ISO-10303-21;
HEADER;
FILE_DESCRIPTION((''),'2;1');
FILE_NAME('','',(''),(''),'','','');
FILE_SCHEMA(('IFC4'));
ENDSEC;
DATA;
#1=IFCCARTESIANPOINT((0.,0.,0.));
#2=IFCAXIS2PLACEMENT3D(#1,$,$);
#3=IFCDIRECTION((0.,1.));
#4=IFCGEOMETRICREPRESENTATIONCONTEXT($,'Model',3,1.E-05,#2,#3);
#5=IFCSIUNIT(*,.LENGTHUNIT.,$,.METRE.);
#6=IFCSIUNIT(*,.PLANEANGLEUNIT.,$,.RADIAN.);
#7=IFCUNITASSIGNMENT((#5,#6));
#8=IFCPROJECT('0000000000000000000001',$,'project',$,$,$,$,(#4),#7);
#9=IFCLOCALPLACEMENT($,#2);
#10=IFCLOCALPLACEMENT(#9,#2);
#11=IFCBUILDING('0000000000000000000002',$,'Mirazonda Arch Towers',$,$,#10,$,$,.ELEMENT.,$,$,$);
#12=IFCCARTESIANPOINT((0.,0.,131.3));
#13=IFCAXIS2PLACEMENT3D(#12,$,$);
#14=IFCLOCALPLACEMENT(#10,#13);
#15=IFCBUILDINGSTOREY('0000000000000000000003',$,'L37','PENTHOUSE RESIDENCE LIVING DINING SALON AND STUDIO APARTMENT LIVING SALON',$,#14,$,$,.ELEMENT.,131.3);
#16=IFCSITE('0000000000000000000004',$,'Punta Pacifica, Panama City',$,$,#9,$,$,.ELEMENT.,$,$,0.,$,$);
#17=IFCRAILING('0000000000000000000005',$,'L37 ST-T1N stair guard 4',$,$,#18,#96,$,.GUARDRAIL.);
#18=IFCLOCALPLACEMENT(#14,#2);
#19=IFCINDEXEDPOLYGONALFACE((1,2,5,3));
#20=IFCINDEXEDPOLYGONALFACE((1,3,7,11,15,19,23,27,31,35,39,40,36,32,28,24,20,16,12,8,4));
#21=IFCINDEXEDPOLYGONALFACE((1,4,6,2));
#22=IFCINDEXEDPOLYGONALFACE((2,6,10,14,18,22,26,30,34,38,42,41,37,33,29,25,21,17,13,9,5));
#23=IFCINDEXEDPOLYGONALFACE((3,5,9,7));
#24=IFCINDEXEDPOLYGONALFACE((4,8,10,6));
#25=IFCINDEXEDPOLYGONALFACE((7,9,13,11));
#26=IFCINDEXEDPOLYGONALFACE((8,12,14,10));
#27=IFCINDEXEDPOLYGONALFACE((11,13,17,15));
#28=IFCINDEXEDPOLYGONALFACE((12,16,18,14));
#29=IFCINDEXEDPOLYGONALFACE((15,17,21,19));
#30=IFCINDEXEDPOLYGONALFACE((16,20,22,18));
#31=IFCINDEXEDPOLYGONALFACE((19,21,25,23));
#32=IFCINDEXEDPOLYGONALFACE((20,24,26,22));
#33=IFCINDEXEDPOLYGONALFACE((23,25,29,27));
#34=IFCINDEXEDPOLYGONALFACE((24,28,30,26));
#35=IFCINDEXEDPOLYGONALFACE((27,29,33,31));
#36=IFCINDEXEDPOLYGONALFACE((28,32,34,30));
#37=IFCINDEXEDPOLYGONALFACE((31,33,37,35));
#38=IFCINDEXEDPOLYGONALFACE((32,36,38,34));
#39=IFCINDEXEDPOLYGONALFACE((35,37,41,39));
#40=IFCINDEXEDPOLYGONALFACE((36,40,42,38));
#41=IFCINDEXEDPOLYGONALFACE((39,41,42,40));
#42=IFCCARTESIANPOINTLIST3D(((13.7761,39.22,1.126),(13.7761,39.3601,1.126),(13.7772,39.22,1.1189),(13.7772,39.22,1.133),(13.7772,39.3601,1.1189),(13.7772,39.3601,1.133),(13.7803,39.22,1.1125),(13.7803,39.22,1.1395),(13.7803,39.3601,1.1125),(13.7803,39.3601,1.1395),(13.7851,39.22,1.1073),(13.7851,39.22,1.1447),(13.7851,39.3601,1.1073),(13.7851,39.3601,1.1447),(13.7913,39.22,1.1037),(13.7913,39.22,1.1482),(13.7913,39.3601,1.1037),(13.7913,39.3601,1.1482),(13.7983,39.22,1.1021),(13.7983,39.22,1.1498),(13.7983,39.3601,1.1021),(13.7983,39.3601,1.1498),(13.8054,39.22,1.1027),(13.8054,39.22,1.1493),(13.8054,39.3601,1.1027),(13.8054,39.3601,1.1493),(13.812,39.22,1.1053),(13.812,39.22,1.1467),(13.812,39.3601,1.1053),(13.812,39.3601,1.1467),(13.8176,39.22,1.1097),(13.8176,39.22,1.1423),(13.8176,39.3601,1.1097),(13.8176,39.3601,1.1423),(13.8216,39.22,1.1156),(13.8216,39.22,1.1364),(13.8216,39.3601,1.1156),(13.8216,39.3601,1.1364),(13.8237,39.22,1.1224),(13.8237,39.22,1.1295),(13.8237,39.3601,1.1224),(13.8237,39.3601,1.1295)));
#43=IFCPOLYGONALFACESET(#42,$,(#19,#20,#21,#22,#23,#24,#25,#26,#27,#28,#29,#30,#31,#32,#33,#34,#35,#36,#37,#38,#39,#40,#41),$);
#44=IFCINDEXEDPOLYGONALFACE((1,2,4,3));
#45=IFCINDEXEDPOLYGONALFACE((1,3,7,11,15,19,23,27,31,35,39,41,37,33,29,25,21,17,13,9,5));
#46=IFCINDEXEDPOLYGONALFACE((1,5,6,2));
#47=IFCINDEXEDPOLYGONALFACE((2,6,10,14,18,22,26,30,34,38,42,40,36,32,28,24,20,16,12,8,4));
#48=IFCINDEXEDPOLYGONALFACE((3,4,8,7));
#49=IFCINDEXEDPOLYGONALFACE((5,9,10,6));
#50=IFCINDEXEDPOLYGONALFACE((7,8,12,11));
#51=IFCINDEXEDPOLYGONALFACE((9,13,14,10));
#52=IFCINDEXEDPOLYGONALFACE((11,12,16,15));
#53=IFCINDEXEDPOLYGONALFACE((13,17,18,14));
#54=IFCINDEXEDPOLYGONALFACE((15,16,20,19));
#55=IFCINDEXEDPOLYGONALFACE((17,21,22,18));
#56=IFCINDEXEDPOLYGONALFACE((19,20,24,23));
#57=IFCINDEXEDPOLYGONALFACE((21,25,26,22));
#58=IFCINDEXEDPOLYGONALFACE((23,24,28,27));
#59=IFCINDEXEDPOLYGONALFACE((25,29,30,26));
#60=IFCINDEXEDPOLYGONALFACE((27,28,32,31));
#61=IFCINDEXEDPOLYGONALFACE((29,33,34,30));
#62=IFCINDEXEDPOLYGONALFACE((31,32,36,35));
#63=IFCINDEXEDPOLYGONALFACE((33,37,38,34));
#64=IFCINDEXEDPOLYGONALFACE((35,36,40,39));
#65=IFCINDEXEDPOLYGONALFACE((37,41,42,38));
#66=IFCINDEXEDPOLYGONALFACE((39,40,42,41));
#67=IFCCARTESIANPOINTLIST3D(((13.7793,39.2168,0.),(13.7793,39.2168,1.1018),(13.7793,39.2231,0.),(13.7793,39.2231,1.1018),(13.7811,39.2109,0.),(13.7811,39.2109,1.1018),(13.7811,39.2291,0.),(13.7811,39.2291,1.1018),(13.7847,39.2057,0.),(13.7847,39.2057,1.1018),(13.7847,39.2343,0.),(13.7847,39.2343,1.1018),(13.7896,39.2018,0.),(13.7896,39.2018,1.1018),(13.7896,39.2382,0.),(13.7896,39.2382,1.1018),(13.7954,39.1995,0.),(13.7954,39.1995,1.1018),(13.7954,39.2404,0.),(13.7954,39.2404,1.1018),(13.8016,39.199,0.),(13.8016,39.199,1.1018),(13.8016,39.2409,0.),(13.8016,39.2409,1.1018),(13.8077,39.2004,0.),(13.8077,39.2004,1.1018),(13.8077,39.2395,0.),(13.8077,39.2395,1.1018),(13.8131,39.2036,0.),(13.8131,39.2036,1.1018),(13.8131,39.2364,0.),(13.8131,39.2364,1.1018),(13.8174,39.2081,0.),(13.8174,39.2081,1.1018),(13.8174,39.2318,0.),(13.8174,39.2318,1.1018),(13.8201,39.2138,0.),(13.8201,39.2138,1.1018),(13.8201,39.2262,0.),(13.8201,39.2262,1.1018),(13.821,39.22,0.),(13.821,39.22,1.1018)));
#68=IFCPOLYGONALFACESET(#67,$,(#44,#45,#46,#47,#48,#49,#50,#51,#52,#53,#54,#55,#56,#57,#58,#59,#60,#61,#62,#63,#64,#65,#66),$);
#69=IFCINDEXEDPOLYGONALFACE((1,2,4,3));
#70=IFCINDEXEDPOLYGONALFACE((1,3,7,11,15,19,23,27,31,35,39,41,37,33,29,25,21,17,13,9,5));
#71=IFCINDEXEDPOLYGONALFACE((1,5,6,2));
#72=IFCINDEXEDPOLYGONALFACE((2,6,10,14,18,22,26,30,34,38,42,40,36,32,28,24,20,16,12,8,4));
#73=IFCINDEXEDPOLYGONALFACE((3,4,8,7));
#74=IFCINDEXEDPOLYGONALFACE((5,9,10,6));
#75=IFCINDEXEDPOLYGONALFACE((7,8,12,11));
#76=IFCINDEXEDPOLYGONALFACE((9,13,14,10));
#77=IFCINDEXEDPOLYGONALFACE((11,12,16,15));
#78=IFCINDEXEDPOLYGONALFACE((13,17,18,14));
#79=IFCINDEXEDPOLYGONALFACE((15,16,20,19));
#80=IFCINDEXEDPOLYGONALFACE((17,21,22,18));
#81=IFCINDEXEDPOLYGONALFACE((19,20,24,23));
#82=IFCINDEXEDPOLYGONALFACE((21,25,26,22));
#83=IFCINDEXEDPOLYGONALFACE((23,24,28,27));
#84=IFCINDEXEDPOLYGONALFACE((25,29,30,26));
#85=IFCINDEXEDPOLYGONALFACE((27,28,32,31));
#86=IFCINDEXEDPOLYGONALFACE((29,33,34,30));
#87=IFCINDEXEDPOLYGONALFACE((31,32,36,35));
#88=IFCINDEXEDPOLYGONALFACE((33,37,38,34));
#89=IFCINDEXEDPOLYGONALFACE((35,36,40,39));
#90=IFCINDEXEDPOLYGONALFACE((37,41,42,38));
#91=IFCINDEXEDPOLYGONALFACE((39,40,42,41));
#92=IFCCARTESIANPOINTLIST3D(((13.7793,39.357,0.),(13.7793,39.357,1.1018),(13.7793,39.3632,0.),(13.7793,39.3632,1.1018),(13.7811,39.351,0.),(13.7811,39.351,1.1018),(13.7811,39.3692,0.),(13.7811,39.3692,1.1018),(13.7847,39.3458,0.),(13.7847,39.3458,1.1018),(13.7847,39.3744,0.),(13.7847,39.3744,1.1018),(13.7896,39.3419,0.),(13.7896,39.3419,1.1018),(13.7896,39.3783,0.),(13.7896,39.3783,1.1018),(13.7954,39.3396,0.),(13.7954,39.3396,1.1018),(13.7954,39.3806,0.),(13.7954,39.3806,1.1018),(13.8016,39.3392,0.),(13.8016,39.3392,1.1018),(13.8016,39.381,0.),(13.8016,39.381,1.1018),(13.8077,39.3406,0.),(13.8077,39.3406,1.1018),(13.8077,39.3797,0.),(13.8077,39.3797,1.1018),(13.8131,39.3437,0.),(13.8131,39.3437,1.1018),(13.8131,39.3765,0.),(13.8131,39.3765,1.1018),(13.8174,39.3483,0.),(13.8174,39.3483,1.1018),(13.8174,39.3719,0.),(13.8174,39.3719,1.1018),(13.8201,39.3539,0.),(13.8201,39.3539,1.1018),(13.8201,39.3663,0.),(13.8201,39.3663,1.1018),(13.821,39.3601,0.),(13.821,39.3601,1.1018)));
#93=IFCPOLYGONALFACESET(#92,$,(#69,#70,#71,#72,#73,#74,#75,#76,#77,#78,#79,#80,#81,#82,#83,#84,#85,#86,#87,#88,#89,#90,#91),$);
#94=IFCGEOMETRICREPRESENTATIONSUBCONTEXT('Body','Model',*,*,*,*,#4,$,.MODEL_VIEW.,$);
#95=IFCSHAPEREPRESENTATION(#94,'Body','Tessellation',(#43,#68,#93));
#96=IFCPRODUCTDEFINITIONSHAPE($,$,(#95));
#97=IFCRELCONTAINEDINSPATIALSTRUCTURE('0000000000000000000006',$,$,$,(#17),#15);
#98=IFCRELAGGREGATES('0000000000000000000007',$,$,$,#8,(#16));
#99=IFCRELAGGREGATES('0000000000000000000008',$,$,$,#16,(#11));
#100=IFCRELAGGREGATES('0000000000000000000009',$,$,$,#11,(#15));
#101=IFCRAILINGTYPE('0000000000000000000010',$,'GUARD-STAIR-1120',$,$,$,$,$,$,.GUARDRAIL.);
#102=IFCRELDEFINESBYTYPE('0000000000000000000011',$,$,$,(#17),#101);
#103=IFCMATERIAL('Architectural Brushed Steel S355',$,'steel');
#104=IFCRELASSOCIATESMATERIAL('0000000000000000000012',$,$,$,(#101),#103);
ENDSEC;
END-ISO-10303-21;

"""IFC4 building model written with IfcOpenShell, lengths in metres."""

from ifc_helpers import new_model, si_unit, direction, frame, origin, origin_2d, place, context, subcontext, project, spatial, circle, extrude, material, type_object, element, save


model = new_model("IFC4")

# Units and contexts
model_context = context("Model", 3, precision=1e-05, world=origin(), true_north=direction((0.0, 1.0)))
body_context = subcontext(model_context, "Body", "Model", "MODEL_VIEW")
ifc_project = project(units=[si_unit("LENGTHUNIT", "METRE"), si_unit("PLANEANGLEUNIT", "RADIAN")], contexts=[model_context])

# Site, building, storey
site_placement = place(None, origin())
site = spatial("IfcSite", under=ifc_project, at=site_placement, Name="Punta Pacifica, Panama City", CompositionType="ELEMENT", RefElevation=0.0)
building_placement = place(site_placement, origin())
building = spatial("IfcBuilding", under=site, at=building_placement, Name="Mirazonda Arch Towers", CompositionType="ELEMENT")
storey_placement = place(building_placement, frame((0.0, 0.0, 131.3)))
storey = spatial("IfcBuildingStorey", under=building, at=storey_placement, Name="L37", Description="PENTHOUSE RESIDENCE LIVING DINING SALON AND STUDIO APARTMENT LIVING SALON", CompositionType="ELEMENT", Elevation=131.3)

# Shared definitions
ifc_material_1 = material(Name="Architectural Brushed Steel S355", Category="steel")

# Railing
railing_type_1 = type_object("IfcRailingType", Name="GUARD-STAIR-1120", PredefinedType="GUARDRAIL", material=ifc_material_1)
railing_1_placement = place(storey_placement, frame((13.8, 39.22, 0.0)))
element("IfcRailing", 1, at=railing_1_placement, inside=storey, type_object=railing_type_1, Name="L37 ST-T1N stair guard 4", PredefinedType="GUARDRAIL", context=body_context, shape_type="SweptSolid", body=[
    extrude(circle(Radius=0.0239, at=origin_2d()), frame((0.0, 0.0, 1.126), z_axis=(0.0, 1.0, 0.0), x_axis=(-1.0, 0.0, 0.0)), (0.0, 0.0, 1.0), 0.1401),
    extrude(circle(Radius=0.021, at=origin_2d()), origin(), (0.0, 0.0, 1.0), 1.1018),
    extrude(circle(Radius=0.021, at=origin_2d()), frame((0.0, 0.1401, 0.0)), (0.0, 0.0, 1.0), 1.1018),
])

save(model, "model.ifc")
